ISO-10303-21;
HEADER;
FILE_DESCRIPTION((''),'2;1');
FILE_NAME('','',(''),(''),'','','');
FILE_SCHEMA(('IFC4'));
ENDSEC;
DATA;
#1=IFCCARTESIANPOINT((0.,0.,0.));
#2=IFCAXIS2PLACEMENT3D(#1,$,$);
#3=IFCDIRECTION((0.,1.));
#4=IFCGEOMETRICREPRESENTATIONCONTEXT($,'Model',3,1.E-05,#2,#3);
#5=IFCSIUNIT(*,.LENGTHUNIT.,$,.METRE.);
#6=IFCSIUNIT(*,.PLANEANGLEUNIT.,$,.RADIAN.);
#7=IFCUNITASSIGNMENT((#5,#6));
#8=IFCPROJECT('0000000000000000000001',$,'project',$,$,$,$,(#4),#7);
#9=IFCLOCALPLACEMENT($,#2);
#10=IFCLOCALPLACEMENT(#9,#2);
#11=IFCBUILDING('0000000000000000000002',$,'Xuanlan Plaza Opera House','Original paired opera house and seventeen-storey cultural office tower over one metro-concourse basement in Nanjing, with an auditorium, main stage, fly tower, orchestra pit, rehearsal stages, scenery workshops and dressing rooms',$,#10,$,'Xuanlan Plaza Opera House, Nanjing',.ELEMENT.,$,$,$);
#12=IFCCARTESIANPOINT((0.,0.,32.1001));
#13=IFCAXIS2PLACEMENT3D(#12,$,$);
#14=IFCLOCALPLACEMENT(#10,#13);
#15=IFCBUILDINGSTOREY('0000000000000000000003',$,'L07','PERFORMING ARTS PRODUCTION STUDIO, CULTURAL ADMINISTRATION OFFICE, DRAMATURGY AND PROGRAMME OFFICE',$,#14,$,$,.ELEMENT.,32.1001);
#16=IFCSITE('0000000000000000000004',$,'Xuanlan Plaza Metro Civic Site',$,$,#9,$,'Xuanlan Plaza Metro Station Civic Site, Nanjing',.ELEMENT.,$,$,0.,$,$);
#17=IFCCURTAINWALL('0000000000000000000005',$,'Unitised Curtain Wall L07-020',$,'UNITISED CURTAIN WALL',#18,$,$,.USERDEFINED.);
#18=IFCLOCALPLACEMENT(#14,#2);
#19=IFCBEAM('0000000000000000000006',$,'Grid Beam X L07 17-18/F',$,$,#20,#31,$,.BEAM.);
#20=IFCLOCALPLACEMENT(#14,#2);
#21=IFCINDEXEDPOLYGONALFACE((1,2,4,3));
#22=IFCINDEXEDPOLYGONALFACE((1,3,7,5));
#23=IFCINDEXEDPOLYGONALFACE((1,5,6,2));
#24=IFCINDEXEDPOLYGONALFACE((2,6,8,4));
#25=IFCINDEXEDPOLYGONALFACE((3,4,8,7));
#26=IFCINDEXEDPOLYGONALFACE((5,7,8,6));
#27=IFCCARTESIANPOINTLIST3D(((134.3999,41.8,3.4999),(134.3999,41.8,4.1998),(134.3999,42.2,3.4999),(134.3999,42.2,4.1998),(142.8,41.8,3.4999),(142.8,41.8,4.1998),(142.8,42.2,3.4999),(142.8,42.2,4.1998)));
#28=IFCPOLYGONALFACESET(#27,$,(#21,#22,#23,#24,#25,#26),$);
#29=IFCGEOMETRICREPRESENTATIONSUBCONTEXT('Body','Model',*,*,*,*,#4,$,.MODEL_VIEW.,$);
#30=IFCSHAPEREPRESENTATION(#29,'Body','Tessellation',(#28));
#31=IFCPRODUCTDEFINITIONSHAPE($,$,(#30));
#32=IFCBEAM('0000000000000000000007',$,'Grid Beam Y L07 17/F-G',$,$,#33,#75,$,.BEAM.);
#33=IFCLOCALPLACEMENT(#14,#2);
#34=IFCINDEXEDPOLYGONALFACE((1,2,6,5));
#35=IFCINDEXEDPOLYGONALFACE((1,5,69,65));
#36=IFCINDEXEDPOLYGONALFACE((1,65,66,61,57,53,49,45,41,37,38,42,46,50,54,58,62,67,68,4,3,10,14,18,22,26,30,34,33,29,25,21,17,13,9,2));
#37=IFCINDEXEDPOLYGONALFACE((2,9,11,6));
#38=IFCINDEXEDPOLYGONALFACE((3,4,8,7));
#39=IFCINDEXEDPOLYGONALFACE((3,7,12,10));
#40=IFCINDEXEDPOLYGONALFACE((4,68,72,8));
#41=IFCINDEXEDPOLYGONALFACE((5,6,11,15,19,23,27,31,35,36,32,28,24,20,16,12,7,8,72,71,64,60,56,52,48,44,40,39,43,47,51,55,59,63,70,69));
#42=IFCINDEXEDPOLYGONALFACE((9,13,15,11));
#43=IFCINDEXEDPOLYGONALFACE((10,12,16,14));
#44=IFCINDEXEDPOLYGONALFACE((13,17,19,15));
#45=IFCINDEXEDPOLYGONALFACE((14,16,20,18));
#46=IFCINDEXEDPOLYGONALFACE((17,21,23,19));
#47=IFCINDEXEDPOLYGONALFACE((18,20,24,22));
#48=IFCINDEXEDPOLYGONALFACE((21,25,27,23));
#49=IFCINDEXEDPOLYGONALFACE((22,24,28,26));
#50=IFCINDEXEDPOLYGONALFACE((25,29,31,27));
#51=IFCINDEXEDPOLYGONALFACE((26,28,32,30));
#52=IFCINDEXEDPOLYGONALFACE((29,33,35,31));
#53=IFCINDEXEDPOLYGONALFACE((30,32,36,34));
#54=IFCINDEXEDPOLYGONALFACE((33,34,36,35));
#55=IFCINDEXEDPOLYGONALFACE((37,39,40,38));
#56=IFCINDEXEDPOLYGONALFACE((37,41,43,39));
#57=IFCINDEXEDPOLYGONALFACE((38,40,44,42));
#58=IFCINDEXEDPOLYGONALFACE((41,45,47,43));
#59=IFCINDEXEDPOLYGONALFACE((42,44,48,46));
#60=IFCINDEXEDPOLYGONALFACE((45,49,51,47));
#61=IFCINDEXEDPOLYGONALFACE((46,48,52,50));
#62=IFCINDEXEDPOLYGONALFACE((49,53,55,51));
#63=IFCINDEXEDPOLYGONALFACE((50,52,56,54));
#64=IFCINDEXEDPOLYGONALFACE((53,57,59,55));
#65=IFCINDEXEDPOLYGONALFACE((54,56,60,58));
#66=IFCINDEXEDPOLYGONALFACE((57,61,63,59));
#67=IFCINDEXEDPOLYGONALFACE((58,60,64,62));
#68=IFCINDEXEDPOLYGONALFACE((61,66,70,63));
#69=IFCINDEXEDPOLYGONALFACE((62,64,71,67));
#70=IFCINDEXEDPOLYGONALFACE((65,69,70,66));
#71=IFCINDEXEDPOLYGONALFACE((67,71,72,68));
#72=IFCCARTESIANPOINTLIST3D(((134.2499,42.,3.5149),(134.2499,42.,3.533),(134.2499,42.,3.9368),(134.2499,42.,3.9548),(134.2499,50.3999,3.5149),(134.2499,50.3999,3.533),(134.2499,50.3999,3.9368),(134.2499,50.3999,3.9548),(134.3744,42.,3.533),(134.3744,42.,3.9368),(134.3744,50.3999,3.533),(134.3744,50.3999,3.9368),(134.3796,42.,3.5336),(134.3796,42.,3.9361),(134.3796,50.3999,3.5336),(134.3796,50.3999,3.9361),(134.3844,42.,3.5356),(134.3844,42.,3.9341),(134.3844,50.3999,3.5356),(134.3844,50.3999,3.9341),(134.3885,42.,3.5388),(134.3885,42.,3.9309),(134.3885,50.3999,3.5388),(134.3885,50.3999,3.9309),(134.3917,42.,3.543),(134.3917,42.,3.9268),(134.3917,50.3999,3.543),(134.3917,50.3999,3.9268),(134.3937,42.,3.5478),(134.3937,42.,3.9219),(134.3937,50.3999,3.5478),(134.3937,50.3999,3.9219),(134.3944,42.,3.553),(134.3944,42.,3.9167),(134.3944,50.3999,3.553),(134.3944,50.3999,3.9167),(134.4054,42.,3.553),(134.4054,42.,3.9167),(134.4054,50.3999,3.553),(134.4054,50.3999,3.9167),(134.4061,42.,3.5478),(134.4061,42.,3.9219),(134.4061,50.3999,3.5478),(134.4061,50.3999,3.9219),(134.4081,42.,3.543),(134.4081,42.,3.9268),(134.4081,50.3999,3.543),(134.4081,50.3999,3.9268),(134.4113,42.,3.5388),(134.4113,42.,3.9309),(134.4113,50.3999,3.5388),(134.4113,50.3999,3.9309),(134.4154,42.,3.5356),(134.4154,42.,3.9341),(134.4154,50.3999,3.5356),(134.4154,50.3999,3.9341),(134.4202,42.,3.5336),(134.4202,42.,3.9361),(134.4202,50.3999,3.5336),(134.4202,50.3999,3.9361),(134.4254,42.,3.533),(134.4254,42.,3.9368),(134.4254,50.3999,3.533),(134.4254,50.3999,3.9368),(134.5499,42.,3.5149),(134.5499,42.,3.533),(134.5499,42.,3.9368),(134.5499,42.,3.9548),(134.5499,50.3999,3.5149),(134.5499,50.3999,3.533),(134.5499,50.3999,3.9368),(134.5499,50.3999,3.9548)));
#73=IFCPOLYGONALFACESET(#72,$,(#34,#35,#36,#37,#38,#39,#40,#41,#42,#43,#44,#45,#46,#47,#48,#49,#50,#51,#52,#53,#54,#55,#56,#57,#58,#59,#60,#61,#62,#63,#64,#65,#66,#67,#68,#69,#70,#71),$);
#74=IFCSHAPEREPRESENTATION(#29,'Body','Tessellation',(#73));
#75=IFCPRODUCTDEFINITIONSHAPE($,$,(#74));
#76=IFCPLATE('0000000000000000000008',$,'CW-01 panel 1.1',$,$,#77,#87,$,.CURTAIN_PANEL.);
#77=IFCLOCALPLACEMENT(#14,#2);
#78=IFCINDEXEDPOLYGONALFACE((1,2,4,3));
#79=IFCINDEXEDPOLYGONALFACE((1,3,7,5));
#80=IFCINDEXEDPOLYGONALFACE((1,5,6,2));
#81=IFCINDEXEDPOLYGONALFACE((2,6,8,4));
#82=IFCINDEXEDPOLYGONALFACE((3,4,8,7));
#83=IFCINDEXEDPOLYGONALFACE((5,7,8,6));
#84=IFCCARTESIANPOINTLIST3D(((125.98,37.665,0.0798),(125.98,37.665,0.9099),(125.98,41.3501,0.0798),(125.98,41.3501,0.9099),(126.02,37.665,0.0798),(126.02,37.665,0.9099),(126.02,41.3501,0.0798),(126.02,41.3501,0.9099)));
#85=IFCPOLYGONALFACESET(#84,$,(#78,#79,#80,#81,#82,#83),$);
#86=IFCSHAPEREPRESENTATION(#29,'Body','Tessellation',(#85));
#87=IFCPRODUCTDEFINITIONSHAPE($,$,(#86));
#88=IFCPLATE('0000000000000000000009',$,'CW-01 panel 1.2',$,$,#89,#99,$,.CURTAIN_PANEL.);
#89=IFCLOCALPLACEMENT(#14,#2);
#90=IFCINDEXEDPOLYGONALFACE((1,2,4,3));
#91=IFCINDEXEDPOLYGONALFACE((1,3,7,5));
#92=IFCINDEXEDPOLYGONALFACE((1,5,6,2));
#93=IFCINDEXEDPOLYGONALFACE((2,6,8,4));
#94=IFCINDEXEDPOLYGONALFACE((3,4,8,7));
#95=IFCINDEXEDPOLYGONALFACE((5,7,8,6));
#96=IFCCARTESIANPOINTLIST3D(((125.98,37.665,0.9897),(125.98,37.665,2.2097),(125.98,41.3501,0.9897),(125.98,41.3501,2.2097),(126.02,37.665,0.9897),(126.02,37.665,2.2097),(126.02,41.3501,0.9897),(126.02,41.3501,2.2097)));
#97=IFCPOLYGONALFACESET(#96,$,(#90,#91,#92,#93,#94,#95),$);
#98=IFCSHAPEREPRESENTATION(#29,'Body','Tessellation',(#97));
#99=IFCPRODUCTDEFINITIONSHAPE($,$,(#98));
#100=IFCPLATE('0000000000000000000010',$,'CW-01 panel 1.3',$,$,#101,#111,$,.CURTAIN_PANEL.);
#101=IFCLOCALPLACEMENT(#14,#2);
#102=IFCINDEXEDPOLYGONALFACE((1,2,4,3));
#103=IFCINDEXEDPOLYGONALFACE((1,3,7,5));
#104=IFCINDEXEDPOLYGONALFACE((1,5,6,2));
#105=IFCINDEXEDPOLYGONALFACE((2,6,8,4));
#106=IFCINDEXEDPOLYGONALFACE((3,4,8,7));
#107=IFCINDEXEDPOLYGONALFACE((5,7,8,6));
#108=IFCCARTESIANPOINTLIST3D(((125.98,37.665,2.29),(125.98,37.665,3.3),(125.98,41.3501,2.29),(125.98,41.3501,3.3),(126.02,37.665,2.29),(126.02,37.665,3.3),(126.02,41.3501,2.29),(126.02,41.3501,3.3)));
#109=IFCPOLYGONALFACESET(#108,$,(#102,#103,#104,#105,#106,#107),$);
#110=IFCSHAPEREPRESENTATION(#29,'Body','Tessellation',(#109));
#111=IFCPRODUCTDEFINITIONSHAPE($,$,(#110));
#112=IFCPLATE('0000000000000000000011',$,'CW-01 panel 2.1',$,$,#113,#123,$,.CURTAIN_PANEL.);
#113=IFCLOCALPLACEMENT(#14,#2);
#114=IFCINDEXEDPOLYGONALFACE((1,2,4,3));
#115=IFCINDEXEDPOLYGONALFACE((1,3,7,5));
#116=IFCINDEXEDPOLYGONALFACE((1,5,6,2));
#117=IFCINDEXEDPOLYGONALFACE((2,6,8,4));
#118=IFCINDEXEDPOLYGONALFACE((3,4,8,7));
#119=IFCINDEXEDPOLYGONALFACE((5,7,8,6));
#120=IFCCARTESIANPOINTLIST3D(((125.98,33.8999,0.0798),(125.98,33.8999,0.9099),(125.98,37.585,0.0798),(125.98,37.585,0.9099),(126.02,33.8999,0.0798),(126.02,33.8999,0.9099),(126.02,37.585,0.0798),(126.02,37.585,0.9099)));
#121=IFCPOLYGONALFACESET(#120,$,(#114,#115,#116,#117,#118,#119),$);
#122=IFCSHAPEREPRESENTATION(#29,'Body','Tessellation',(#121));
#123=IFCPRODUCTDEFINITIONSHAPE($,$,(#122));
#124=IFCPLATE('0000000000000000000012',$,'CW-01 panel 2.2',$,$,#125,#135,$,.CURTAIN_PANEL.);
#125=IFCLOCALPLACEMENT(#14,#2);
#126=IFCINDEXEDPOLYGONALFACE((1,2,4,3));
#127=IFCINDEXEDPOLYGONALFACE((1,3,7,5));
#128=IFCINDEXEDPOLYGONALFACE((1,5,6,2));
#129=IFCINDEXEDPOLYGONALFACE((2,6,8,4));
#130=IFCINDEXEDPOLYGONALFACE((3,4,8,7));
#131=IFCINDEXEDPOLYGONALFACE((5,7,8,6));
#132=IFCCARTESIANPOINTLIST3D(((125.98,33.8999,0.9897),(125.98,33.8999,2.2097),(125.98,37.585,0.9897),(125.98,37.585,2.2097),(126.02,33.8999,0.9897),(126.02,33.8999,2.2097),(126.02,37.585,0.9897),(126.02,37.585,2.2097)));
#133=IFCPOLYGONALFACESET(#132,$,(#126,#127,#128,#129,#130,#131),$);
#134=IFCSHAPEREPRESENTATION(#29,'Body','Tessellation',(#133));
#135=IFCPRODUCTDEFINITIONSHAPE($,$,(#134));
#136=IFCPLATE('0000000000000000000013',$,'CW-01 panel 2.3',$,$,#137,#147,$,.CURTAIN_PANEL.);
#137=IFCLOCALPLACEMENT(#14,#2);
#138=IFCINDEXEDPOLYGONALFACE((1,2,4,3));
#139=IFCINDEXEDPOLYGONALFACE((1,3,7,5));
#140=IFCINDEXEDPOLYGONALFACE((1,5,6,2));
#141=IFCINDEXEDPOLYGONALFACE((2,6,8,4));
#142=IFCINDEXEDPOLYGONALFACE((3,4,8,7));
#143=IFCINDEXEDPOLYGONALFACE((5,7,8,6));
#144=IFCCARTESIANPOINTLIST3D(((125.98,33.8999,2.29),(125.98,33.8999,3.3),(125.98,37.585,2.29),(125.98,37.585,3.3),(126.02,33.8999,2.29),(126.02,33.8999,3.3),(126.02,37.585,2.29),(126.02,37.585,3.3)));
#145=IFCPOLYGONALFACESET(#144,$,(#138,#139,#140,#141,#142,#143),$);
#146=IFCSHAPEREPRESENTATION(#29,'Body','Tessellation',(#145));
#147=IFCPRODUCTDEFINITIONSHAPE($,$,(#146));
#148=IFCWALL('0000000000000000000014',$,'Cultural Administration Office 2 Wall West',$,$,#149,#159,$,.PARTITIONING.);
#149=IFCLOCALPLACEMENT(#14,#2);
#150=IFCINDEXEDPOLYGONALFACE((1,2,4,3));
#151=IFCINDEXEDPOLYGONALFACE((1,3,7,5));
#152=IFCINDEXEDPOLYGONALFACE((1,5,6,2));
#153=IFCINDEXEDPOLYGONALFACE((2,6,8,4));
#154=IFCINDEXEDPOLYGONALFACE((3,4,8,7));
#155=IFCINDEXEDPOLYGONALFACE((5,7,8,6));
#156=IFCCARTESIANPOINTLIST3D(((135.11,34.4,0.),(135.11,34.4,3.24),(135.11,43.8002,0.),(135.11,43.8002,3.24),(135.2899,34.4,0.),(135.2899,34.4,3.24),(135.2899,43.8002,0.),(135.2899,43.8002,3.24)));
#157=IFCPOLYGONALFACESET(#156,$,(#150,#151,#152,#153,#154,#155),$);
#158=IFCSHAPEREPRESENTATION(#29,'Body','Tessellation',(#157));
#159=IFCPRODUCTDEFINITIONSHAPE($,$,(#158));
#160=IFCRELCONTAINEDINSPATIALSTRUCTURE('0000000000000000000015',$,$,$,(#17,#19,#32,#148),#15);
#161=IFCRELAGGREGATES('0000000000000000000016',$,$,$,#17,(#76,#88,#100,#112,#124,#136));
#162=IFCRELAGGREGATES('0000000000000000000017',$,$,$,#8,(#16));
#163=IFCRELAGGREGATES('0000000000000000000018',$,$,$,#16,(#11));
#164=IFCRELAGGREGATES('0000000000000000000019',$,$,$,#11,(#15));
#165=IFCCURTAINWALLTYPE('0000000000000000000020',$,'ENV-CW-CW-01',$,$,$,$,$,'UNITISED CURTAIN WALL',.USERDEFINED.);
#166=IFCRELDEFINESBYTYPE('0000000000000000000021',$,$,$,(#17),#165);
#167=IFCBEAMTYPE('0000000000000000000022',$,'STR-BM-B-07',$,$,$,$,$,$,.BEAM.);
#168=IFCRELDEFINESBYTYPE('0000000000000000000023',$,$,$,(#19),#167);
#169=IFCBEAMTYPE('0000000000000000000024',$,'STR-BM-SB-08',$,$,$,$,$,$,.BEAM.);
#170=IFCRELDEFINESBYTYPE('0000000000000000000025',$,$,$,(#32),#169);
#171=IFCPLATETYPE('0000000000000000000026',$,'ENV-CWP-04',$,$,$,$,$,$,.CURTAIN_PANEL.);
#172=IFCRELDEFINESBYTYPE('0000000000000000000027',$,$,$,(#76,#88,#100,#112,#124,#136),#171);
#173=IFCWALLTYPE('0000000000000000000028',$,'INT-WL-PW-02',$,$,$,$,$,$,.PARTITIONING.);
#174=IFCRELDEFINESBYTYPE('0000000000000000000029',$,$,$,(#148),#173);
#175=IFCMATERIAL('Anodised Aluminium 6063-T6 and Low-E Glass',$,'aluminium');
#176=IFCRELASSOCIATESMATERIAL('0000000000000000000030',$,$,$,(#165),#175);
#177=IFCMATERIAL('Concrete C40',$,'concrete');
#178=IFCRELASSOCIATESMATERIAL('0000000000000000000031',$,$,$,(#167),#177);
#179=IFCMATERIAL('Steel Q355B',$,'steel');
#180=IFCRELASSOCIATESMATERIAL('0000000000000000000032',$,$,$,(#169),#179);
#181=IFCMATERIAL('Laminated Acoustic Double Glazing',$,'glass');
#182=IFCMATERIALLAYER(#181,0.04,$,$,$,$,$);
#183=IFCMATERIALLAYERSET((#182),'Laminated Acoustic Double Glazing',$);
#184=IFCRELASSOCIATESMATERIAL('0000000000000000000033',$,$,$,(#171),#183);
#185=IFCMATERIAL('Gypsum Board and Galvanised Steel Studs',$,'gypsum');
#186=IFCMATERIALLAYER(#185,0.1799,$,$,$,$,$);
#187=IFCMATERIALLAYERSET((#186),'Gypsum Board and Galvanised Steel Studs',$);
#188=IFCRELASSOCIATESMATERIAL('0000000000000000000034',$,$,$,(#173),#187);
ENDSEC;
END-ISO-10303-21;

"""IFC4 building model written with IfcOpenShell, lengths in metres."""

from ifc_helpers import new_model, si_unit, direction, frame, frame_2d, origin, origin_2d, place, context, subcontext, project, spatial, rectangle, i_section, extrude, material, layer, layer_set, material_profile, profile_set, type_object, element, aggregate, save


model = new_model("IFC4")

# Units and contexts
model_context = context("Model", 3, precision=1e-05, world=origin(), true_north=direction((0.0, 1.0)))
body_context = subcontext(model_context, "Body", "Model", "MODEL_VIEW")
ifc_project = project(units=[si_unit("LENGTHUNIT", "METRE"), si_unit("PLANEANGLEUNIT", "RADIAN")], contexts=[model_context])

# Site, building, storey
site_placement = place(None, origin())
site = spatial("IfcSite", under=ifc_project, at=site_placement, Name="Xuanlan Plaza Metro Civic Site", LongName="Xuanlan Plaza Metro Station Civic Site, Nanjing", CompositionType="ELEMENT", RefElevation=0.0)
building_placement = place(site_placement, origin())
building = spatial("IfcBuilding", under=site, at=building_placement, Name="Xuanlan Plaza Opera House", Description="Original paired opera house and seventeen-storey cultural office tower over one metro-concourse basement in Nanjing, with an auditorium, main stage, fly tower, orchestra pit, rehearsal stages, scenery workshops and dressing rooms", LongName="Xuanlan Plaza Opera House, Nanjing", CompositionType="ELEMENT")
storey_placement = place(building_placement, frame((0.0, 0.0, 32.1001)))
storey = spatial("IfcBuildingStorey", under=building, at=storey_placement, Name="L07", Description="PERFORMING ARTS PRODUCTION STUDIO, CULTURAL ADMINISTRATION OFFICE, DRAMATURGY AND PROGRAMME OFFICE", CompositionType="ELEMENT", Elevation=32.1001)

# Shared definitions
ifc_material_1 = material(Name="Steel Q355B", Category="steel")

# Curtain wall
ifc_material_2 = material(Name="Anodised Aluminium 6063-T6 and Low-E Glass", Category="aluminium")
curtain_wall_type = type_object("IfcCurtainWallType", Name="ENV-CW-CW-01", ElementType="UNITISED CURTAIN WALL", PredefinedType="USERDEFINED", material=ifc_material_2)
curtain_wall_placement = place(storey_placement, origin())
curtain_wall = element("IfcCurtainWall", 1, at=curtain_wall_placement, inside=storey, type_object=curtain_wall_type, Name="Unitised Curtain Wall L07-020", ObjectType="UNITISED CURTAIN WALL", PredefinedType="USERDEFINED")

# Beams
ifc_material_3 = material(Name="Concrete C40", Category="concrete")
ifc_material_profile_1 = material_profile(ifc_material_3, rectangle(XDim=0.3999, YDim=0.7, at=origin_2d()), Name="RC-BM 400x700")
ifc_profile_set_1 = profile_set([ifc_material_profile_1], Name="Concrete C40")
beam_type_1 = type_object("IfcBeamType", Name="STR-BM-B-07", PredefinedType="BEAM", material=ifc_profile_set_1)
beam_1_placement = place(storey_placement, frame((134.3999, 42.0, 3.8499), z_axis=(1.0, 0.0, 0.0), x_axis=(0.0, 1.0, 0.0)))
element("IfcBeam", 2, at=beam_1_placement, inside=storey, type_object=beam_type_1, Name="Grid Beam X L07 17-18/F", PredefinedType="BEAM", context=body_context, shape_type="SweptSolid", body=[
    extrude(rectangle(XDim=0.3999, YDim=0.7, at=origin_2d()), origin(), (0.0, 0.0, 1.0), 8.4001),
])
ifc_material_profile_2 = material_profile(ifc_material_1, i_section(OverallWidth=0.3, OverallDepth=0.4399, WebThickness=0.011, FlangeThickness=0.0181, FilletRadius=0.02, at=origin_2d()), Name="HM 440x300x11x18")
ifc_profile_set_2 = profile_set([ifc_material_profile_2], Name="Steel Q355B")
beam_type_2 = type_object("IfcBeamType", Name="STR-BM-SB-08", PredefinedType="BEAM", material=ifc_profile_set_2)
beam_2_placement = place(storey_placement, frame((134.3999, 42.0, 3.7349), z_axis=(0.0, 1.0, 0.0), x_axis=(-1.0, 0.0, 0.0)))
element("IfcBeam", 3, at=beam_2_placement, inside=storey, type_object=beam_type_2, Name="Grid Beam Y L07 17/F-G", PredefinedType="BEAM", context=body_context, shape_type="SweptSolid", body=[
    extrude(i_section(OverallWidth=0.3, OverallDepth=0.4399, WebThickness=0.011, FlangeThickness=0.0181, FilletRadius=0.02, at=origin_2d()), origin(), (0.0, 0.0, 1.0), 8.3999),
])

# Plates
ifc_material_4 = material(Name="Laminated Acoustic Double Glazing", Category="glass")
ifc_layer_1 = layer(ifc_material_4, 0.04)
ifc_layer_set_1 = layer_set([ifc_layer_1], Name="Laminated Acoustic Double Glazing")
plate_type = type_object("IfcPlateType", Name="ENV-CWP-04", PredefinedType="CURTAIN_PANEL", material=ifc_layer_set_1)
plate_1_placement = place(storey_placement, frame((126.0, 39.5076, 0.0798), z_axis=(0.0, 0.0, 1.0), x_axis=(0.0, -1.0, 0.0)))
plate_1 = element("IfcPlate", 4, at=plate_1_placement, type_object=plate_type, Name="CW-01 panel 1.1", PredefinedType="CURTAIN_PANEL", context=body_context, shape_type="SweptSolid", body=[
    extrude(rectangle(XDim=3.6851, YDim=0.04, at=origin_2d()), origin(), (0.0, 0.0, 1.0), 0.8301),
])
plate_2_placement = place(storey_placement, frame((126.0, 39.5076, 0.9897), z_axis=(0.0, 0.0, 1.0), x_axis=(0.0, -1.0, 0.0)))
plate_2 = element("IfcPlate", 5, at=plate_2_placement, type_object=plate_type, Name="CW-01 panel 1.2", PredefinedType="CURTAIN_PANEL", context=body_context, shape_type="SweptSolid", body=[
    extrude(rectangle(XDim=3.6851, YDim=0.04, at=origin_2d()), origin(), (0.0, 0.0, 1.0), 1.22),
])
plate_3_placement = place(storey_placement, frame((126.0, 39.5076, 2.29), z_axis=(0.0, 0.0, 1.0), x_axis=(0.0, -1.0, 0.0)))
plate_3 = element("IfcPlate", 6, at=plate_3_placement, type_object=plate_type, Name="CW-01 panel 1.3", PredefinedType="CURTAIN_PANEL", context=body_context, shape_type="SweptSolid", body=[
    extrude(rectangle(XDim=3.6851, YDim=0.04, at=origin_2d()), origin(), (0.0, 0.0, 1.0), 1.01),
])
plate_4_placement = place(storey_placement, frame((126.0, 35.7424, 0.0798), z_axis=(0.0, 0.0, 1.0), x_axis=(0.0, -1.0, 0.0)))
plate_4 = element("IfcPlate", 7, at=plate_4_placement, type_object=plate_type, Name="CW-01 panel 2.1", PredefinedType="CURTAIN_PANEL", context=body_context, shape_type="SweptSolid", body=[
    extrude(rectangle(XDim=3.6851, YDim=0.04, at=origin_2d()), origin(), (0.0, 0.0, 1.0), 0.8301),
])
plate_5_placement = place(storey_placement, frame((126.0, 35.7424, 0.9897), z_axis=(0.0, 0.0, 1.0), x_axis=(0.0, -1.0, 0.0)))
plate_5 = element("IfcPlate", 8, at=plate_5_placement, type_object=plate_type, Name="CW-01 panel 2.2", PredefinedType="CURTAIN_PANEL", context=body_context, shape_type="SweptSolid", body=[
    extrude(rectangle(XDim=3.6851, YDim=0.04, at=origin_2d()), origin(), (0.0, 0.0, 1.0), 1.22),
])
plate_6_placement = place(storey_placement, frame((126.0, 35.7424, 2.29), z_axis=(0.0, 0.0, 1.0), x_axis=(0.0, -1.0, 0.0)))
plate_6 = element("IfcPlate", 9, at=plate_6_placement, type_object=plate_type, Name="CW-01 panel 2.3", PredefinedType="CURTAIN_PANEL", context=body_context, shape_type="SweptSolid", body=[
    extrude(rectangle(XDim=3.6851, YDim=0.04, at=origin_2d()), origin(), (0.0, 0.0, 1.0), 1.01),
])
aggregate(curtain_wall, [plate_1, plate_2, plate_3, plate_4, plate_5, plate_6])

# Wall
ifc_material_5 = material(Name="Gypsum Board and Galvanised Steel Studs", Category="gypsum")
ifc_layer_2 = layer(ifc_material_5, 0.1799)
ifc_layer_set_2 = layer_set([ifc_layer_2], Name="Gypsum Board and Galvanised Steel Studs")
wall_type = type_object("IfcWallType", Name="INT-WL-PW-02", PredefinedType="PARTITIONING", material=ifc_layer_set_2)
wall_placement = place(storey_placement, frame((135.2, 34.3999, 0.0), z_axis=(0.0, 0.0, 1.0), x_axis=(0.0, 1.0, 0.0)))
element("IfcWall", 10, at=wall_placement, inside=storey, type_object=wall_type, Name="Cultural Administration Office 2 Wall West", PredefinedType="PARTITIONING", context=body_context, shape_type="SweptSolid", body=[
    extrude(rectangle(XDim=9.4001, YDim=0.1799, at=frame_2d((4.7002, 0.0))), origin(), (0.0, 0.0, 1.0), 3.24),
])

save(model, "model.ifc")
